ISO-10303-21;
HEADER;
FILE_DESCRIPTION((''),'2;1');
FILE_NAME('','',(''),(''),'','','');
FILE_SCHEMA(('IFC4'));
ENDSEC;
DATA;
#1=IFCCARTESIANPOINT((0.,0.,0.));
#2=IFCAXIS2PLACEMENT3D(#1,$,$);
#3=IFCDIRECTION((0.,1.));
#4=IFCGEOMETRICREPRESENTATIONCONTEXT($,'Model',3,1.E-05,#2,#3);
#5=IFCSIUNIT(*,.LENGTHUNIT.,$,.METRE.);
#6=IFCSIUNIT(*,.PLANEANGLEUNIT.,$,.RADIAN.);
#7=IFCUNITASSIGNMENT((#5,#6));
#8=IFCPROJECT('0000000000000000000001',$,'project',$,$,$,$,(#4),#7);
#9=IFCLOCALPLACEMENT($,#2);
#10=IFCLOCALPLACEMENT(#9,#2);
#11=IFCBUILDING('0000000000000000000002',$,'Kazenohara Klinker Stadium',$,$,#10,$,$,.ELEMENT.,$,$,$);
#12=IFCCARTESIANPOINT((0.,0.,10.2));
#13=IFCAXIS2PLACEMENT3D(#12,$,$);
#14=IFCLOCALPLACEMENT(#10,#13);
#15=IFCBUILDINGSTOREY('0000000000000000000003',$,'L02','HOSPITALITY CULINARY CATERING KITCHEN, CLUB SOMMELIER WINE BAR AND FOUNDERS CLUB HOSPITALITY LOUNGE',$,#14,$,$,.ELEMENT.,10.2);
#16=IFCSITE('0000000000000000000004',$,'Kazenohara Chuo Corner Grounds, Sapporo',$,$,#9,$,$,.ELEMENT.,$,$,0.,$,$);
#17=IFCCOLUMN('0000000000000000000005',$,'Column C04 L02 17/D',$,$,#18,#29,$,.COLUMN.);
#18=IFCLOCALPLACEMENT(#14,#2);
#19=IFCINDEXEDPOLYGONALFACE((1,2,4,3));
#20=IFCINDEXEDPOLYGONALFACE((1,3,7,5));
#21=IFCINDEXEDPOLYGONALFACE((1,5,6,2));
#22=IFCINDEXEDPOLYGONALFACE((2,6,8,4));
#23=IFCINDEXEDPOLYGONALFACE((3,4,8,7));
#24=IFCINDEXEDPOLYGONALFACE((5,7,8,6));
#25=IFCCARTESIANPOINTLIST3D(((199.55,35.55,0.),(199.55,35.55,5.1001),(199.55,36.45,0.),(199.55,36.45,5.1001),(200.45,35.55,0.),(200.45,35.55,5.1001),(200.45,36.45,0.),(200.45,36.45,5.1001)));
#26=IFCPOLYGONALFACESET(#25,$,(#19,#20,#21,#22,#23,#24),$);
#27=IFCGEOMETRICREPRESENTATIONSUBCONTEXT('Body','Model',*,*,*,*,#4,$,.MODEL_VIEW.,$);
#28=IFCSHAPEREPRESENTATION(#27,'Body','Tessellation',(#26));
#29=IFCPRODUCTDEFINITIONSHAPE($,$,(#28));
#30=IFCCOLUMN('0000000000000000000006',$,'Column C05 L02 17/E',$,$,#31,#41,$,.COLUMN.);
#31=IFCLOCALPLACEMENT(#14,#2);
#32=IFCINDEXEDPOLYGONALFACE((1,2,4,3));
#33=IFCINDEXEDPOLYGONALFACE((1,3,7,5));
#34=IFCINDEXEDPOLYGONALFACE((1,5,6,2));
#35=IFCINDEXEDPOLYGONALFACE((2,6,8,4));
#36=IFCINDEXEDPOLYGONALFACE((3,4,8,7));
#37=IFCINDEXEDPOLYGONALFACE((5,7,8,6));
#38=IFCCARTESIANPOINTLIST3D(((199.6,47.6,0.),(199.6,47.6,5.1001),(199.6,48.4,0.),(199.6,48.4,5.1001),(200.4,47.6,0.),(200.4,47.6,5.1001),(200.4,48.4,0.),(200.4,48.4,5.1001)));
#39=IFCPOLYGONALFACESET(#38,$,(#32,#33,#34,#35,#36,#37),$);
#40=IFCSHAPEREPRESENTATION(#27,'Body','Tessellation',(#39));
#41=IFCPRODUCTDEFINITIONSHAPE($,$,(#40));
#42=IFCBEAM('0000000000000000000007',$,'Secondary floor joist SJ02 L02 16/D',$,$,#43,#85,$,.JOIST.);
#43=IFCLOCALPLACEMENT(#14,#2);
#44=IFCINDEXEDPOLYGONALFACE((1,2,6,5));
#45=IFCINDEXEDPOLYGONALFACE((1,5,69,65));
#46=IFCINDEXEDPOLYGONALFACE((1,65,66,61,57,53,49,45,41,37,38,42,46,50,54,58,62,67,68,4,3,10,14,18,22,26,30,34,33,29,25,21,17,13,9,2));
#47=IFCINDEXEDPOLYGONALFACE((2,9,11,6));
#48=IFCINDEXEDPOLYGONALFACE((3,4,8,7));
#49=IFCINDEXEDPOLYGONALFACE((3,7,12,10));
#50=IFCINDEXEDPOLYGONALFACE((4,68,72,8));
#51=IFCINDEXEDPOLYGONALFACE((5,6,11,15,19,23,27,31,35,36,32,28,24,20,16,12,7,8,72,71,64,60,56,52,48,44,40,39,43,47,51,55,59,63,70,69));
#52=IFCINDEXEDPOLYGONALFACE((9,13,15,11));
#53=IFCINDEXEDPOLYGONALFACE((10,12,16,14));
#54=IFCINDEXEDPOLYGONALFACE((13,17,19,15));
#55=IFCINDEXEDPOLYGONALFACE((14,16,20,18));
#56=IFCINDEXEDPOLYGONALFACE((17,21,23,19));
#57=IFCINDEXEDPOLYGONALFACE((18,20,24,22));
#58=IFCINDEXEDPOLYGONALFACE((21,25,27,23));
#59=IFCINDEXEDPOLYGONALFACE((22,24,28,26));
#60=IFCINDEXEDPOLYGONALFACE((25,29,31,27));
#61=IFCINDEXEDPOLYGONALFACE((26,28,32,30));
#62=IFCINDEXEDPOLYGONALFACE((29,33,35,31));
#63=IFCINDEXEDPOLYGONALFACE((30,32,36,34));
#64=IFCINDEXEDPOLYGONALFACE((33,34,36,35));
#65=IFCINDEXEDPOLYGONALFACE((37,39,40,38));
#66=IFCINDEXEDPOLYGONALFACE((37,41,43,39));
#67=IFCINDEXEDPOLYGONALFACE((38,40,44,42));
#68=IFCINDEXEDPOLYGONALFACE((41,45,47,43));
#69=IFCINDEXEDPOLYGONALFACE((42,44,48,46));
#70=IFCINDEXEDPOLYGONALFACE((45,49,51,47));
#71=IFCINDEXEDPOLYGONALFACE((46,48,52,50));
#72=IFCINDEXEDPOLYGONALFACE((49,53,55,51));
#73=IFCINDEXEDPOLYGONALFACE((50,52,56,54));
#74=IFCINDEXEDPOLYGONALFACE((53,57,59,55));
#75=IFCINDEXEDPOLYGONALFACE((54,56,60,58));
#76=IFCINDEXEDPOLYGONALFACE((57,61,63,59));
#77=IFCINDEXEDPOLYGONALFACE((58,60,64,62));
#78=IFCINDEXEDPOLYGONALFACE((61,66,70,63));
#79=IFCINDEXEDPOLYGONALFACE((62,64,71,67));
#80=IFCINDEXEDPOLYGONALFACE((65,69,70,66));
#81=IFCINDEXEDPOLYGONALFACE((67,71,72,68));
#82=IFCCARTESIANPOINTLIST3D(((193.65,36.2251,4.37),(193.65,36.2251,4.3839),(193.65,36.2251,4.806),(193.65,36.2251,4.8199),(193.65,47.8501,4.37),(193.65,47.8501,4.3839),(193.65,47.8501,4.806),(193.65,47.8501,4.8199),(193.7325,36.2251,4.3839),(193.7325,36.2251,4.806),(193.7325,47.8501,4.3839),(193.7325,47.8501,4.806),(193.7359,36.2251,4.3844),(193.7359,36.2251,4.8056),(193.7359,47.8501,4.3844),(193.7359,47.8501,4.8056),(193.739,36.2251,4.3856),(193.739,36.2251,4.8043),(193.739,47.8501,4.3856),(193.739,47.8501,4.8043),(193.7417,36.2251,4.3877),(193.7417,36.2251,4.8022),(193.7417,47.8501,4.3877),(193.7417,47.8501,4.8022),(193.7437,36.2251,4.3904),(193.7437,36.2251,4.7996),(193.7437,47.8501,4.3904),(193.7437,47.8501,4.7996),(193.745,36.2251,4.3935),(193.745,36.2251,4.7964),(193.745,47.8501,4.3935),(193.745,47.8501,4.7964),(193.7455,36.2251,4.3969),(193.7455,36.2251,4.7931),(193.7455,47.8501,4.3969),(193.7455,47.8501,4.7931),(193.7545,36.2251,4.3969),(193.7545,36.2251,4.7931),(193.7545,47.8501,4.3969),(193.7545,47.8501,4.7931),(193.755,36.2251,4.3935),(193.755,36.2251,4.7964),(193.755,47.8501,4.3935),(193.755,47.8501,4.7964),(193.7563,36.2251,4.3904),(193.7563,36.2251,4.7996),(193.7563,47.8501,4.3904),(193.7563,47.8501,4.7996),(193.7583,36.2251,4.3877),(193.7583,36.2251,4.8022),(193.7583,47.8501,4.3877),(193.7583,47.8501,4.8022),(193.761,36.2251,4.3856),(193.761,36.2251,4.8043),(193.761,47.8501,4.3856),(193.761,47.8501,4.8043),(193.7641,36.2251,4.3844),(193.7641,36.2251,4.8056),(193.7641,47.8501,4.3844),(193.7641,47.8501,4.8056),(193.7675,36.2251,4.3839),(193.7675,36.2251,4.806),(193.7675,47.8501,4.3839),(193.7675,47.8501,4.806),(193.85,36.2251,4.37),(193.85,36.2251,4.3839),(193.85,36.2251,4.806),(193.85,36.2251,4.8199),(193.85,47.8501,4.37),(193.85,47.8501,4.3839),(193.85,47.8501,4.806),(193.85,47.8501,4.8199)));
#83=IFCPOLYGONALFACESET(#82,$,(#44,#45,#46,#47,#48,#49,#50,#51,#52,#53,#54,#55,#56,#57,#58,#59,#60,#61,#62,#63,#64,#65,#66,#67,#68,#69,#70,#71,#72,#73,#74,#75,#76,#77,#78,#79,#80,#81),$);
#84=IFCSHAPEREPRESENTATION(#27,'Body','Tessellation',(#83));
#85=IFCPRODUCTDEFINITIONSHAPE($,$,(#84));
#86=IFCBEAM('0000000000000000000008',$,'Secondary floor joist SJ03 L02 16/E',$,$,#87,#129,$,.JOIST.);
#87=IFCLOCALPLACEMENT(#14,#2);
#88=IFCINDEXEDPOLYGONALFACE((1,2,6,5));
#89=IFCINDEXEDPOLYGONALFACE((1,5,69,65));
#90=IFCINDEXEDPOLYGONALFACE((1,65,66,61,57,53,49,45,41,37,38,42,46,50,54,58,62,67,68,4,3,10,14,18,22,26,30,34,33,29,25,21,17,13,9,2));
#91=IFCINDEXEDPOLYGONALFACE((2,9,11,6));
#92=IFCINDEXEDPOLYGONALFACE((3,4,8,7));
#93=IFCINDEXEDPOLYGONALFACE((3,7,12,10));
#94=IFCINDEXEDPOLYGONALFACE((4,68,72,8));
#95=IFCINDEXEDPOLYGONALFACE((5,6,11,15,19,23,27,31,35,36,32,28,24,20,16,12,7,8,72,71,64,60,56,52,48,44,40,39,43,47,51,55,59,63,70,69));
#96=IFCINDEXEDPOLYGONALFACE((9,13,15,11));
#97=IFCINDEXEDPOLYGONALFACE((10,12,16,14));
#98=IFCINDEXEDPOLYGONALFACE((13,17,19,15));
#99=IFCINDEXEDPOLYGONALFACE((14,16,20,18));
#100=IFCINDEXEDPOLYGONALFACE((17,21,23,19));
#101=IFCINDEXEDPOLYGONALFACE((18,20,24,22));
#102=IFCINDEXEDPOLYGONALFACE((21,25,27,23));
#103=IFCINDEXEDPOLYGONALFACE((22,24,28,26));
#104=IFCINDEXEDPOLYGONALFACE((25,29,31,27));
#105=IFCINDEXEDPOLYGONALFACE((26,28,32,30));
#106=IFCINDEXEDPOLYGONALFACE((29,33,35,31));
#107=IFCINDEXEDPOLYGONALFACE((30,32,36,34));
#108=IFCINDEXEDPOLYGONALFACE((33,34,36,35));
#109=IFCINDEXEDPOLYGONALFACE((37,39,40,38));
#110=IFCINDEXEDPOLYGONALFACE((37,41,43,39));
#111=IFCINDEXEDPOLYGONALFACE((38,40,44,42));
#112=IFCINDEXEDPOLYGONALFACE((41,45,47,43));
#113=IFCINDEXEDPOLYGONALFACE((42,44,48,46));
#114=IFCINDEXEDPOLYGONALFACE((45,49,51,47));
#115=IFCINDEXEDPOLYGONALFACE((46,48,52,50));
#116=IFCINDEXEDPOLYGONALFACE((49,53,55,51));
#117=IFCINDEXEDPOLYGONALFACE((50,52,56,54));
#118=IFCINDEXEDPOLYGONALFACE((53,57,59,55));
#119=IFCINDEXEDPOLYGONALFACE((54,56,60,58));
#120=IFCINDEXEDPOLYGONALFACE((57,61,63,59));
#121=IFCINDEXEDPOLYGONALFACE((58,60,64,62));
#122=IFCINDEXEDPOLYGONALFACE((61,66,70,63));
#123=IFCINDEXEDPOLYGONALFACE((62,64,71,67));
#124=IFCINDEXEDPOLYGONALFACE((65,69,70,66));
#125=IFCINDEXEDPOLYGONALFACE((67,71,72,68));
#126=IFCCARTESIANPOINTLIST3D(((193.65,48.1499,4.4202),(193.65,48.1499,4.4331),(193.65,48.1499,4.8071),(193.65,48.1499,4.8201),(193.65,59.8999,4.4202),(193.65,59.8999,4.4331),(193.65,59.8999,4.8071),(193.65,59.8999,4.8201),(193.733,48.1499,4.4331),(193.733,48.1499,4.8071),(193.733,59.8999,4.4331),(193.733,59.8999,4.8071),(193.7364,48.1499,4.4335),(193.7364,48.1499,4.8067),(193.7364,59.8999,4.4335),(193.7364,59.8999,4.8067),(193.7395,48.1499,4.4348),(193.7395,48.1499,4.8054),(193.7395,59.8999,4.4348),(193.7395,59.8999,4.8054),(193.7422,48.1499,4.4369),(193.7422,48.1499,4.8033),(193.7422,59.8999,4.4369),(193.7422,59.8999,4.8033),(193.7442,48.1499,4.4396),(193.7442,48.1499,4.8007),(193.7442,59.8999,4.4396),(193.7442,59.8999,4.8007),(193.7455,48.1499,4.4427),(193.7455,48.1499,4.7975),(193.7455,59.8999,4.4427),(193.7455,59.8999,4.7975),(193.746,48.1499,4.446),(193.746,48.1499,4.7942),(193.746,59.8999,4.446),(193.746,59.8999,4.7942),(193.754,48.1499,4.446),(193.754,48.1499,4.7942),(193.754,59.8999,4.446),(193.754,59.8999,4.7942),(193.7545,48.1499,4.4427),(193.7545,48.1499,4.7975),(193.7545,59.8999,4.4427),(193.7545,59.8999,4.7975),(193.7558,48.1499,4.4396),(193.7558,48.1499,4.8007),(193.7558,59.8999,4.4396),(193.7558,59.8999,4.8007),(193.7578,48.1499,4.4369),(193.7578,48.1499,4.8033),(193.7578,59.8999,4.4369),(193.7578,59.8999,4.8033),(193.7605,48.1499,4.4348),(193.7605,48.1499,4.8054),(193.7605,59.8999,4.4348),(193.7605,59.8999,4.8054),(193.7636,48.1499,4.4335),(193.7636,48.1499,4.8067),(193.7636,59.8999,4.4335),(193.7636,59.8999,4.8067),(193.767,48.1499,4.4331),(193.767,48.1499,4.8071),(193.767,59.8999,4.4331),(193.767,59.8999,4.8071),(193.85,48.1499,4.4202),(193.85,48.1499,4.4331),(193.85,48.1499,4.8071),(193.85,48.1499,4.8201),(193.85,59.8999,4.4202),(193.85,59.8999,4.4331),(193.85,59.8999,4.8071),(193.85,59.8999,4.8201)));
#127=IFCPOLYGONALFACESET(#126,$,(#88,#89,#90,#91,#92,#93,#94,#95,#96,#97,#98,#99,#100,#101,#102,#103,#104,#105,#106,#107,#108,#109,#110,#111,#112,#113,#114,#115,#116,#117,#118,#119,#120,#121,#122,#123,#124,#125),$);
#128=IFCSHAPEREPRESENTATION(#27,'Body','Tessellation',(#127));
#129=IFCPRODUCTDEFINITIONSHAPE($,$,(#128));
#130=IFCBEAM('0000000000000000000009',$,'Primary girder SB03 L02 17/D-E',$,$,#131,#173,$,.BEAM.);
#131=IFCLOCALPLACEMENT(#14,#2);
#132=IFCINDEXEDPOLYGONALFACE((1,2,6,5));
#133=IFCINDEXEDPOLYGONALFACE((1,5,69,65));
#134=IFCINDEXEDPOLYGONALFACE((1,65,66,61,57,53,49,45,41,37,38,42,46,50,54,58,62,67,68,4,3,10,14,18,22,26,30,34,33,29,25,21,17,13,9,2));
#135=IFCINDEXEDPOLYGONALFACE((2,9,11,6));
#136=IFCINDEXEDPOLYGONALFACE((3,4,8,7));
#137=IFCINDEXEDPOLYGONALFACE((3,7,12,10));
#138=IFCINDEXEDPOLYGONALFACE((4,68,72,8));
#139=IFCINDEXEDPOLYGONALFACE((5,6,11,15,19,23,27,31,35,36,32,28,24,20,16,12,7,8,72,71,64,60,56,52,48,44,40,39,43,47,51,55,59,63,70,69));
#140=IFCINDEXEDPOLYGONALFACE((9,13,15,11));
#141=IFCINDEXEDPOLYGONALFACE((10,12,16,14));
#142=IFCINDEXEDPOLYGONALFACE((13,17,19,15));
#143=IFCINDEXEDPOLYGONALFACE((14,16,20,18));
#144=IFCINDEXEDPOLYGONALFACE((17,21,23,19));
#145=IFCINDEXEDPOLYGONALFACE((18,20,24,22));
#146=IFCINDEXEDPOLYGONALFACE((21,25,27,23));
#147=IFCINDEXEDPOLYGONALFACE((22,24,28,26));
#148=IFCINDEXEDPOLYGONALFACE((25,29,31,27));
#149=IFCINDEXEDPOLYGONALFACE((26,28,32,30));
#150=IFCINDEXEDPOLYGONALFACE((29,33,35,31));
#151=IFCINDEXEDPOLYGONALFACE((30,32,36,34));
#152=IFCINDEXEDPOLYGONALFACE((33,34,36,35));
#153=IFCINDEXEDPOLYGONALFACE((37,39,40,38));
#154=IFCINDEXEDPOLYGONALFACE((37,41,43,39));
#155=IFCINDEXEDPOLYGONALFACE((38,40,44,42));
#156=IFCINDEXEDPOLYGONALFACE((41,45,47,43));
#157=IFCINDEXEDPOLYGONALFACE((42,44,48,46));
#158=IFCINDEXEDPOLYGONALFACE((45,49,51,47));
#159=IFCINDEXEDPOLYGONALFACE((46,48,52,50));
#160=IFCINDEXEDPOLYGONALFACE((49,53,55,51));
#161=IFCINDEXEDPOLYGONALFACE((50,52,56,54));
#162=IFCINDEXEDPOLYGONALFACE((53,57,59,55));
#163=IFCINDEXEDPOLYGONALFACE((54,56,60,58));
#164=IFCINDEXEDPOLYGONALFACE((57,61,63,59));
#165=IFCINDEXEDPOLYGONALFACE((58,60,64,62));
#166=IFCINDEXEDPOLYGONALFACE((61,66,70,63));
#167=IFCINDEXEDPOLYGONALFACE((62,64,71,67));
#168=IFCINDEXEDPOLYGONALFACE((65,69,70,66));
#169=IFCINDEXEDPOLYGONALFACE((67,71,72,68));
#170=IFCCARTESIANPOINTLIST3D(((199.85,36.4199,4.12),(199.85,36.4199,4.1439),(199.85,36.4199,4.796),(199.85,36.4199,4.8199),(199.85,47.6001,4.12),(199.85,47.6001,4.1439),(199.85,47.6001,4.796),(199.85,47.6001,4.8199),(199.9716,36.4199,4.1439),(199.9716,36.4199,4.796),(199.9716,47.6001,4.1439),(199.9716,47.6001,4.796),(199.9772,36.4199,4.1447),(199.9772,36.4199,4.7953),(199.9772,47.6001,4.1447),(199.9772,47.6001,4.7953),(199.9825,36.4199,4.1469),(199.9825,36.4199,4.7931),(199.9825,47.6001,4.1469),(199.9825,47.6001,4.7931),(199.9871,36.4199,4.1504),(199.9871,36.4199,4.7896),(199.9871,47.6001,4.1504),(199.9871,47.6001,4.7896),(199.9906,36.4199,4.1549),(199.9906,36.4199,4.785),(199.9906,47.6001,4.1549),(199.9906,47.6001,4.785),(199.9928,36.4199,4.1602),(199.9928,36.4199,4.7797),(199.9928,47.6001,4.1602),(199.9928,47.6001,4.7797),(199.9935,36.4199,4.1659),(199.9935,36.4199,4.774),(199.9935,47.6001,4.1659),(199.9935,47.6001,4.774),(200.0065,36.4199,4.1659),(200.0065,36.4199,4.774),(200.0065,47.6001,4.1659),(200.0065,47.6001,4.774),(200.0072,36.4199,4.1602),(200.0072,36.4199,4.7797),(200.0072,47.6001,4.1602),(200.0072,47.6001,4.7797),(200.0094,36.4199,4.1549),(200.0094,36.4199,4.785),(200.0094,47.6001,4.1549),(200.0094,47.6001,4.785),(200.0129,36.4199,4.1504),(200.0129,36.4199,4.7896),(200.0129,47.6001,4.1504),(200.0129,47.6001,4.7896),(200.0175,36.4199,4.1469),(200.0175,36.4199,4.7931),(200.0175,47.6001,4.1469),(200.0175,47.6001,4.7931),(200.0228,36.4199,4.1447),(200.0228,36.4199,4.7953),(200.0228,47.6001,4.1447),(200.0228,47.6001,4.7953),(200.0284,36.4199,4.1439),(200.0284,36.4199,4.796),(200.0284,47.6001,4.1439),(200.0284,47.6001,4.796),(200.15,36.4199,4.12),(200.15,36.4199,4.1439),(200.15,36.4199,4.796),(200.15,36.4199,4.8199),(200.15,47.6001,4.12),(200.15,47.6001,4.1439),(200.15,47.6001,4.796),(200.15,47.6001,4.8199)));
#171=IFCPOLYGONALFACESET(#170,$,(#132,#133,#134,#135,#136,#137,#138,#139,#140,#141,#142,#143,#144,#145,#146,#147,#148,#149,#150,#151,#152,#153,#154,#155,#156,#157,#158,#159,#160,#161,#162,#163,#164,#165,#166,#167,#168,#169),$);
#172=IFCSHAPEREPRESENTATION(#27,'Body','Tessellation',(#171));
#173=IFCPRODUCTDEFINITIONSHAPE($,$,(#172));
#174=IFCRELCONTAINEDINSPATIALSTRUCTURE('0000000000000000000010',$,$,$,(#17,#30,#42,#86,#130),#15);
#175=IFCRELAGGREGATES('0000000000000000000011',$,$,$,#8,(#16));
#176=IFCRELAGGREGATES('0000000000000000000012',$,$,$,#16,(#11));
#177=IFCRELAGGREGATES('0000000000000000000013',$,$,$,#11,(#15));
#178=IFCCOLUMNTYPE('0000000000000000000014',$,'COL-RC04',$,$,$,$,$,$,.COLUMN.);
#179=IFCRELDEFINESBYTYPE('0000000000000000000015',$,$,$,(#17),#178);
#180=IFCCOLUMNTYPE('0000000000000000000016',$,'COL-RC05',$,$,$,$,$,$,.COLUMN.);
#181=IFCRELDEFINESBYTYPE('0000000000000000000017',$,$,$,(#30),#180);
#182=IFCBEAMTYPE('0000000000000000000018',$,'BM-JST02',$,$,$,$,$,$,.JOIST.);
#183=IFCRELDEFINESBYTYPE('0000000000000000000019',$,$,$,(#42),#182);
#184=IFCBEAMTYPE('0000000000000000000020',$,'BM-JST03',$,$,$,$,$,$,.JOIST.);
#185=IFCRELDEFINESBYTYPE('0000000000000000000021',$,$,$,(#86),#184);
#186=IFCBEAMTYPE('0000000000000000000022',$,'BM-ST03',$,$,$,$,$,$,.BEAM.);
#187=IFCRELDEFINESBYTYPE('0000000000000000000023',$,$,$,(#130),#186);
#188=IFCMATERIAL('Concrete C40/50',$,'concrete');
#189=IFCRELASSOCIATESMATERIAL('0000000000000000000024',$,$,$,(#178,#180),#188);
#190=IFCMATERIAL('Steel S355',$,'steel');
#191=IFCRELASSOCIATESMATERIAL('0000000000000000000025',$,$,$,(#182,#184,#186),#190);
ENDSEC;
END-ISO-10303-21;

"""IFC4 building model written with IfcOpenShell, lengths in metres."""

from ifc_helpers import new_model, si_unit, direction, frame, origin, origin_2d, place, context, subcontext, project, spatial, rectangle, i_section, extrude, material, material_profile, profile_set, type_object, element, save


model = new_model("IFC4")

# Units and contexts
model_context = context("Model", 3, precision=1e-05, world=origin(), true_north=direction((0.0, 1.0)))
body_context = subcontext(model_context, "Body", "Model", "MODEL_VIEW")
ifc_project = project(units=[si_unit("LENGTHUNIT", "METRE"), si_unit("PLANEANGLEUNIT", "RADIAN")], contexts=[model_context])

# Site, building, storey
site_placement = place(None, origin())
site = spatial("IfcSite", under=ifc_project, at=site_placement, Name="Kazenohara Chuo Corner Grounds, Sapporo", CompositionType="ELEMENT", RefElevation=0.0)
building_placement = place(site_placement, origin())
building = spatial("IfcBuilding", under=site, at=building_placement, Name="Kazenohara Klinker Stadium", CompositionType="ELEMENT")
storey_placement = place(building_placement, frame((0.0, 0.0, 10.2)))
storey = spatial("IfcBuildingStorey", under=building, at=storey_placement, Name="L02", Description="HOSPITALITY CULINARY CATERING KITCHEN, CLUB SOMMELIER WINE BAR AND FOUNDERS CLUB HOSPITALITY LOUNGE", CompositionType="ELEMENT", Elevation=10.2)

# Columns
ifc_material_1 = material(Name="Concrete C40/50", Category="concrete")
ifc_material_profile_1 = material_profile(ifc_material_1, rectangle(XDim=0.8999, YDim=0.8999, at=origin_2d()), Name="RC-COL-900x900")
ifc_profile_set_1 = profile_set([ifc_material_profile_1], Name="Concrete C40/50")
column_type_1 = type_object("IfcColumnType", Name="COL-RC04", PredefinedType="COLUMN", material=ifc_profile_set_1)
column_1_placement = place(storey_placement, frame((200.0, 36.0, 0.0), z_axis=(0.0, 0.0, 1.0), x_axis=(1.0, 0.0, 0.0)))
element("IfcColumn", 1, at=column_1_placement, inside=storey, type_object=column_type_1, Name="Column C04 L02 17/D", PredefinedType="COLUMN", context=body_context, shape_type="SweptSolid", body=[
    extrude(rectangle(XDim=0.8999, YDim=0.8999, at=origin_2d()), origin(), (0.0, 0.0, 1.0), 5.1001),
])
ifc_material_profile_2 = material_profile(ifc_material_1, rectangle(XDim=0.8, YDim=0.8, at=origin_2d()), Name="RC-COL-800x800")
ifc_profile_set_2 = profile_set([ifc_material_profile_2], Name="Concrete C40/50")
column_type_2 = type_object("IfcColumnType", Name="COL-RC05", PredefinedType="COLUMN", material=ifc_profile_set_2)
column_2_placement = place(storey_placement, frame((200.0, 48.0, 0.0), z_axis=(0.0, 0.0, 1.0), x_axis=(1.0, 0.0, 0.0)))
element("IfcColumn", 2, at=column_2_placement, inside=storey, type_object=column_type_2, Name="Column C05 L02 17/E", PredefinedType="COLUMN", context=body_context, shape_type="SweptSolid", body=[
    extrude(rectangle(XDim=0.8, YDim=0.8, at=origin_2d()), origin(), (0.0, 0.0, 1.0), 5.1001),
])

# Beams
ifc_material_2 = material(Name="Steel S355", Category="steel")
ifc_material_profile_3 = material_profile(ifc_material_2, i_section(OverallWidth=0.2, OverallDepth=0.45, WebThickness=0.009, FlangeThickness=0.0139, FilletRadius=0.0129, at=origin_2d()), Name="H-450x200x9x14")
ifc_profile_set_3 = profile_set([ifc_material_profile_3], Name="Steel S355")
beam_type_1 = type_object("IfcBeamType", Name="BM-JST02", PredefinedType="JOIST", material=ifc_profile_set_3)
beam_1_placement = place(storey_placement, frame((193.75, 36.2251, 4.595), z_axis=(0.0, 1.0, 0.0), x_axis=(-1.0, 0.0, 0.0)))
element("IfcBeam", 3, at=beam_1_placement, inside=storey, type_object=beam_type_1, Name="Secondary floor joist SJ02 L02 16/D", PredefinedType="JOIST", context=body_context, shape_type="SweptSolid", body=[
    extrude(i_section(OverallWidth=0.2, OverallDepth=0.45, WebThickness=0.009, FlangeThickness=0.0139, FilletRadius=0.0129, at=origin_2d()), origin(), (0.0, 0.0, 1.0), 11.625),
])
ifc_material_profile_4 = material_profile(ifc_material_2, i_section(OverallWidth=0.2, OverallDepth=0.3999, WebThickness=0.0081, FlangeThickness=0.0129, FilletRadius=0.0129, at=origin_2d()), Name="H-400x200x8x13")
ifc_profile_set_4 = profile_set([ifc_material_profile_4], Name="Steel S355")
beam_type_2 = type_object("IfcBeamType", Name="BM-JST03", PredefinedType="JOIST", material=ifc_profile_set_4)
beam_2_placement = place(storey_placement, frame((193.75, 48.1499, 4.6201), z_axis=(0.0, 1.0, 0.0), x_axis=(-1.0, 0.0, 0.0)))
element("IfcBeam", 4, at=beam_2_placement, inside=storey, type_object=beam_type_2, Name="Secondary floor joist SJ03 L02 16/E", PredefinedType="JOIST", context=body_context, shape_type="SweptSolid", body=[
    extrude(i_section(OverallWidth=0.2, OverallDepth=0.3999, WebThickness=0.0081, FlangeThickness=0.0129, FilletRadius=0.0129, at=origin_2d()), origin(), (0.0, 0.0, 1.0), 11.75),
])
ifc_material_profile_5 = material_profile(ifc_material_2, i_section(OverallWidth=0.3, OverallDepth=0.7, WebThickness=0.0129, FlangeThickness=0.0239, FilletRadius=0.022, at=origin_2d()), Name="H-700x300x13x24")
ifc_profile_set_5 = profile_set([ifc_material_profile_5], Name="Steel S355")
beam_type_3 = type_object("IfcBeamType", Name="BM-ST03", PredefinedType="BEAM", material=ifc_profile_set_5)
beam_3_placement = place(storey_placement, frame((200.0, 36.4199, 4.47), z_axis=(0.0, 1.0, 0.0), x_axis=(-1.0, 0.0, 0.0)))
element("IfcBeam", 5, at=beam_3_placement, inside=storey, type_object=beam_type_3, Name="Primary girder SB03 L02 17/D-E", PredefinedType="BEAM", context=body_context, shape_type="SweptSolid", body=[
    extrude(i_section(OverallWidth=0.3, OverallDepth=0.7, WebThickness=0.0129, FlangeThickness=0.0239, FilletRadius=0.022, at=origin_2d()), origin(), (0.0, 0.0, 1.0), 11.1802),
])

save(model, "model.ifc")
